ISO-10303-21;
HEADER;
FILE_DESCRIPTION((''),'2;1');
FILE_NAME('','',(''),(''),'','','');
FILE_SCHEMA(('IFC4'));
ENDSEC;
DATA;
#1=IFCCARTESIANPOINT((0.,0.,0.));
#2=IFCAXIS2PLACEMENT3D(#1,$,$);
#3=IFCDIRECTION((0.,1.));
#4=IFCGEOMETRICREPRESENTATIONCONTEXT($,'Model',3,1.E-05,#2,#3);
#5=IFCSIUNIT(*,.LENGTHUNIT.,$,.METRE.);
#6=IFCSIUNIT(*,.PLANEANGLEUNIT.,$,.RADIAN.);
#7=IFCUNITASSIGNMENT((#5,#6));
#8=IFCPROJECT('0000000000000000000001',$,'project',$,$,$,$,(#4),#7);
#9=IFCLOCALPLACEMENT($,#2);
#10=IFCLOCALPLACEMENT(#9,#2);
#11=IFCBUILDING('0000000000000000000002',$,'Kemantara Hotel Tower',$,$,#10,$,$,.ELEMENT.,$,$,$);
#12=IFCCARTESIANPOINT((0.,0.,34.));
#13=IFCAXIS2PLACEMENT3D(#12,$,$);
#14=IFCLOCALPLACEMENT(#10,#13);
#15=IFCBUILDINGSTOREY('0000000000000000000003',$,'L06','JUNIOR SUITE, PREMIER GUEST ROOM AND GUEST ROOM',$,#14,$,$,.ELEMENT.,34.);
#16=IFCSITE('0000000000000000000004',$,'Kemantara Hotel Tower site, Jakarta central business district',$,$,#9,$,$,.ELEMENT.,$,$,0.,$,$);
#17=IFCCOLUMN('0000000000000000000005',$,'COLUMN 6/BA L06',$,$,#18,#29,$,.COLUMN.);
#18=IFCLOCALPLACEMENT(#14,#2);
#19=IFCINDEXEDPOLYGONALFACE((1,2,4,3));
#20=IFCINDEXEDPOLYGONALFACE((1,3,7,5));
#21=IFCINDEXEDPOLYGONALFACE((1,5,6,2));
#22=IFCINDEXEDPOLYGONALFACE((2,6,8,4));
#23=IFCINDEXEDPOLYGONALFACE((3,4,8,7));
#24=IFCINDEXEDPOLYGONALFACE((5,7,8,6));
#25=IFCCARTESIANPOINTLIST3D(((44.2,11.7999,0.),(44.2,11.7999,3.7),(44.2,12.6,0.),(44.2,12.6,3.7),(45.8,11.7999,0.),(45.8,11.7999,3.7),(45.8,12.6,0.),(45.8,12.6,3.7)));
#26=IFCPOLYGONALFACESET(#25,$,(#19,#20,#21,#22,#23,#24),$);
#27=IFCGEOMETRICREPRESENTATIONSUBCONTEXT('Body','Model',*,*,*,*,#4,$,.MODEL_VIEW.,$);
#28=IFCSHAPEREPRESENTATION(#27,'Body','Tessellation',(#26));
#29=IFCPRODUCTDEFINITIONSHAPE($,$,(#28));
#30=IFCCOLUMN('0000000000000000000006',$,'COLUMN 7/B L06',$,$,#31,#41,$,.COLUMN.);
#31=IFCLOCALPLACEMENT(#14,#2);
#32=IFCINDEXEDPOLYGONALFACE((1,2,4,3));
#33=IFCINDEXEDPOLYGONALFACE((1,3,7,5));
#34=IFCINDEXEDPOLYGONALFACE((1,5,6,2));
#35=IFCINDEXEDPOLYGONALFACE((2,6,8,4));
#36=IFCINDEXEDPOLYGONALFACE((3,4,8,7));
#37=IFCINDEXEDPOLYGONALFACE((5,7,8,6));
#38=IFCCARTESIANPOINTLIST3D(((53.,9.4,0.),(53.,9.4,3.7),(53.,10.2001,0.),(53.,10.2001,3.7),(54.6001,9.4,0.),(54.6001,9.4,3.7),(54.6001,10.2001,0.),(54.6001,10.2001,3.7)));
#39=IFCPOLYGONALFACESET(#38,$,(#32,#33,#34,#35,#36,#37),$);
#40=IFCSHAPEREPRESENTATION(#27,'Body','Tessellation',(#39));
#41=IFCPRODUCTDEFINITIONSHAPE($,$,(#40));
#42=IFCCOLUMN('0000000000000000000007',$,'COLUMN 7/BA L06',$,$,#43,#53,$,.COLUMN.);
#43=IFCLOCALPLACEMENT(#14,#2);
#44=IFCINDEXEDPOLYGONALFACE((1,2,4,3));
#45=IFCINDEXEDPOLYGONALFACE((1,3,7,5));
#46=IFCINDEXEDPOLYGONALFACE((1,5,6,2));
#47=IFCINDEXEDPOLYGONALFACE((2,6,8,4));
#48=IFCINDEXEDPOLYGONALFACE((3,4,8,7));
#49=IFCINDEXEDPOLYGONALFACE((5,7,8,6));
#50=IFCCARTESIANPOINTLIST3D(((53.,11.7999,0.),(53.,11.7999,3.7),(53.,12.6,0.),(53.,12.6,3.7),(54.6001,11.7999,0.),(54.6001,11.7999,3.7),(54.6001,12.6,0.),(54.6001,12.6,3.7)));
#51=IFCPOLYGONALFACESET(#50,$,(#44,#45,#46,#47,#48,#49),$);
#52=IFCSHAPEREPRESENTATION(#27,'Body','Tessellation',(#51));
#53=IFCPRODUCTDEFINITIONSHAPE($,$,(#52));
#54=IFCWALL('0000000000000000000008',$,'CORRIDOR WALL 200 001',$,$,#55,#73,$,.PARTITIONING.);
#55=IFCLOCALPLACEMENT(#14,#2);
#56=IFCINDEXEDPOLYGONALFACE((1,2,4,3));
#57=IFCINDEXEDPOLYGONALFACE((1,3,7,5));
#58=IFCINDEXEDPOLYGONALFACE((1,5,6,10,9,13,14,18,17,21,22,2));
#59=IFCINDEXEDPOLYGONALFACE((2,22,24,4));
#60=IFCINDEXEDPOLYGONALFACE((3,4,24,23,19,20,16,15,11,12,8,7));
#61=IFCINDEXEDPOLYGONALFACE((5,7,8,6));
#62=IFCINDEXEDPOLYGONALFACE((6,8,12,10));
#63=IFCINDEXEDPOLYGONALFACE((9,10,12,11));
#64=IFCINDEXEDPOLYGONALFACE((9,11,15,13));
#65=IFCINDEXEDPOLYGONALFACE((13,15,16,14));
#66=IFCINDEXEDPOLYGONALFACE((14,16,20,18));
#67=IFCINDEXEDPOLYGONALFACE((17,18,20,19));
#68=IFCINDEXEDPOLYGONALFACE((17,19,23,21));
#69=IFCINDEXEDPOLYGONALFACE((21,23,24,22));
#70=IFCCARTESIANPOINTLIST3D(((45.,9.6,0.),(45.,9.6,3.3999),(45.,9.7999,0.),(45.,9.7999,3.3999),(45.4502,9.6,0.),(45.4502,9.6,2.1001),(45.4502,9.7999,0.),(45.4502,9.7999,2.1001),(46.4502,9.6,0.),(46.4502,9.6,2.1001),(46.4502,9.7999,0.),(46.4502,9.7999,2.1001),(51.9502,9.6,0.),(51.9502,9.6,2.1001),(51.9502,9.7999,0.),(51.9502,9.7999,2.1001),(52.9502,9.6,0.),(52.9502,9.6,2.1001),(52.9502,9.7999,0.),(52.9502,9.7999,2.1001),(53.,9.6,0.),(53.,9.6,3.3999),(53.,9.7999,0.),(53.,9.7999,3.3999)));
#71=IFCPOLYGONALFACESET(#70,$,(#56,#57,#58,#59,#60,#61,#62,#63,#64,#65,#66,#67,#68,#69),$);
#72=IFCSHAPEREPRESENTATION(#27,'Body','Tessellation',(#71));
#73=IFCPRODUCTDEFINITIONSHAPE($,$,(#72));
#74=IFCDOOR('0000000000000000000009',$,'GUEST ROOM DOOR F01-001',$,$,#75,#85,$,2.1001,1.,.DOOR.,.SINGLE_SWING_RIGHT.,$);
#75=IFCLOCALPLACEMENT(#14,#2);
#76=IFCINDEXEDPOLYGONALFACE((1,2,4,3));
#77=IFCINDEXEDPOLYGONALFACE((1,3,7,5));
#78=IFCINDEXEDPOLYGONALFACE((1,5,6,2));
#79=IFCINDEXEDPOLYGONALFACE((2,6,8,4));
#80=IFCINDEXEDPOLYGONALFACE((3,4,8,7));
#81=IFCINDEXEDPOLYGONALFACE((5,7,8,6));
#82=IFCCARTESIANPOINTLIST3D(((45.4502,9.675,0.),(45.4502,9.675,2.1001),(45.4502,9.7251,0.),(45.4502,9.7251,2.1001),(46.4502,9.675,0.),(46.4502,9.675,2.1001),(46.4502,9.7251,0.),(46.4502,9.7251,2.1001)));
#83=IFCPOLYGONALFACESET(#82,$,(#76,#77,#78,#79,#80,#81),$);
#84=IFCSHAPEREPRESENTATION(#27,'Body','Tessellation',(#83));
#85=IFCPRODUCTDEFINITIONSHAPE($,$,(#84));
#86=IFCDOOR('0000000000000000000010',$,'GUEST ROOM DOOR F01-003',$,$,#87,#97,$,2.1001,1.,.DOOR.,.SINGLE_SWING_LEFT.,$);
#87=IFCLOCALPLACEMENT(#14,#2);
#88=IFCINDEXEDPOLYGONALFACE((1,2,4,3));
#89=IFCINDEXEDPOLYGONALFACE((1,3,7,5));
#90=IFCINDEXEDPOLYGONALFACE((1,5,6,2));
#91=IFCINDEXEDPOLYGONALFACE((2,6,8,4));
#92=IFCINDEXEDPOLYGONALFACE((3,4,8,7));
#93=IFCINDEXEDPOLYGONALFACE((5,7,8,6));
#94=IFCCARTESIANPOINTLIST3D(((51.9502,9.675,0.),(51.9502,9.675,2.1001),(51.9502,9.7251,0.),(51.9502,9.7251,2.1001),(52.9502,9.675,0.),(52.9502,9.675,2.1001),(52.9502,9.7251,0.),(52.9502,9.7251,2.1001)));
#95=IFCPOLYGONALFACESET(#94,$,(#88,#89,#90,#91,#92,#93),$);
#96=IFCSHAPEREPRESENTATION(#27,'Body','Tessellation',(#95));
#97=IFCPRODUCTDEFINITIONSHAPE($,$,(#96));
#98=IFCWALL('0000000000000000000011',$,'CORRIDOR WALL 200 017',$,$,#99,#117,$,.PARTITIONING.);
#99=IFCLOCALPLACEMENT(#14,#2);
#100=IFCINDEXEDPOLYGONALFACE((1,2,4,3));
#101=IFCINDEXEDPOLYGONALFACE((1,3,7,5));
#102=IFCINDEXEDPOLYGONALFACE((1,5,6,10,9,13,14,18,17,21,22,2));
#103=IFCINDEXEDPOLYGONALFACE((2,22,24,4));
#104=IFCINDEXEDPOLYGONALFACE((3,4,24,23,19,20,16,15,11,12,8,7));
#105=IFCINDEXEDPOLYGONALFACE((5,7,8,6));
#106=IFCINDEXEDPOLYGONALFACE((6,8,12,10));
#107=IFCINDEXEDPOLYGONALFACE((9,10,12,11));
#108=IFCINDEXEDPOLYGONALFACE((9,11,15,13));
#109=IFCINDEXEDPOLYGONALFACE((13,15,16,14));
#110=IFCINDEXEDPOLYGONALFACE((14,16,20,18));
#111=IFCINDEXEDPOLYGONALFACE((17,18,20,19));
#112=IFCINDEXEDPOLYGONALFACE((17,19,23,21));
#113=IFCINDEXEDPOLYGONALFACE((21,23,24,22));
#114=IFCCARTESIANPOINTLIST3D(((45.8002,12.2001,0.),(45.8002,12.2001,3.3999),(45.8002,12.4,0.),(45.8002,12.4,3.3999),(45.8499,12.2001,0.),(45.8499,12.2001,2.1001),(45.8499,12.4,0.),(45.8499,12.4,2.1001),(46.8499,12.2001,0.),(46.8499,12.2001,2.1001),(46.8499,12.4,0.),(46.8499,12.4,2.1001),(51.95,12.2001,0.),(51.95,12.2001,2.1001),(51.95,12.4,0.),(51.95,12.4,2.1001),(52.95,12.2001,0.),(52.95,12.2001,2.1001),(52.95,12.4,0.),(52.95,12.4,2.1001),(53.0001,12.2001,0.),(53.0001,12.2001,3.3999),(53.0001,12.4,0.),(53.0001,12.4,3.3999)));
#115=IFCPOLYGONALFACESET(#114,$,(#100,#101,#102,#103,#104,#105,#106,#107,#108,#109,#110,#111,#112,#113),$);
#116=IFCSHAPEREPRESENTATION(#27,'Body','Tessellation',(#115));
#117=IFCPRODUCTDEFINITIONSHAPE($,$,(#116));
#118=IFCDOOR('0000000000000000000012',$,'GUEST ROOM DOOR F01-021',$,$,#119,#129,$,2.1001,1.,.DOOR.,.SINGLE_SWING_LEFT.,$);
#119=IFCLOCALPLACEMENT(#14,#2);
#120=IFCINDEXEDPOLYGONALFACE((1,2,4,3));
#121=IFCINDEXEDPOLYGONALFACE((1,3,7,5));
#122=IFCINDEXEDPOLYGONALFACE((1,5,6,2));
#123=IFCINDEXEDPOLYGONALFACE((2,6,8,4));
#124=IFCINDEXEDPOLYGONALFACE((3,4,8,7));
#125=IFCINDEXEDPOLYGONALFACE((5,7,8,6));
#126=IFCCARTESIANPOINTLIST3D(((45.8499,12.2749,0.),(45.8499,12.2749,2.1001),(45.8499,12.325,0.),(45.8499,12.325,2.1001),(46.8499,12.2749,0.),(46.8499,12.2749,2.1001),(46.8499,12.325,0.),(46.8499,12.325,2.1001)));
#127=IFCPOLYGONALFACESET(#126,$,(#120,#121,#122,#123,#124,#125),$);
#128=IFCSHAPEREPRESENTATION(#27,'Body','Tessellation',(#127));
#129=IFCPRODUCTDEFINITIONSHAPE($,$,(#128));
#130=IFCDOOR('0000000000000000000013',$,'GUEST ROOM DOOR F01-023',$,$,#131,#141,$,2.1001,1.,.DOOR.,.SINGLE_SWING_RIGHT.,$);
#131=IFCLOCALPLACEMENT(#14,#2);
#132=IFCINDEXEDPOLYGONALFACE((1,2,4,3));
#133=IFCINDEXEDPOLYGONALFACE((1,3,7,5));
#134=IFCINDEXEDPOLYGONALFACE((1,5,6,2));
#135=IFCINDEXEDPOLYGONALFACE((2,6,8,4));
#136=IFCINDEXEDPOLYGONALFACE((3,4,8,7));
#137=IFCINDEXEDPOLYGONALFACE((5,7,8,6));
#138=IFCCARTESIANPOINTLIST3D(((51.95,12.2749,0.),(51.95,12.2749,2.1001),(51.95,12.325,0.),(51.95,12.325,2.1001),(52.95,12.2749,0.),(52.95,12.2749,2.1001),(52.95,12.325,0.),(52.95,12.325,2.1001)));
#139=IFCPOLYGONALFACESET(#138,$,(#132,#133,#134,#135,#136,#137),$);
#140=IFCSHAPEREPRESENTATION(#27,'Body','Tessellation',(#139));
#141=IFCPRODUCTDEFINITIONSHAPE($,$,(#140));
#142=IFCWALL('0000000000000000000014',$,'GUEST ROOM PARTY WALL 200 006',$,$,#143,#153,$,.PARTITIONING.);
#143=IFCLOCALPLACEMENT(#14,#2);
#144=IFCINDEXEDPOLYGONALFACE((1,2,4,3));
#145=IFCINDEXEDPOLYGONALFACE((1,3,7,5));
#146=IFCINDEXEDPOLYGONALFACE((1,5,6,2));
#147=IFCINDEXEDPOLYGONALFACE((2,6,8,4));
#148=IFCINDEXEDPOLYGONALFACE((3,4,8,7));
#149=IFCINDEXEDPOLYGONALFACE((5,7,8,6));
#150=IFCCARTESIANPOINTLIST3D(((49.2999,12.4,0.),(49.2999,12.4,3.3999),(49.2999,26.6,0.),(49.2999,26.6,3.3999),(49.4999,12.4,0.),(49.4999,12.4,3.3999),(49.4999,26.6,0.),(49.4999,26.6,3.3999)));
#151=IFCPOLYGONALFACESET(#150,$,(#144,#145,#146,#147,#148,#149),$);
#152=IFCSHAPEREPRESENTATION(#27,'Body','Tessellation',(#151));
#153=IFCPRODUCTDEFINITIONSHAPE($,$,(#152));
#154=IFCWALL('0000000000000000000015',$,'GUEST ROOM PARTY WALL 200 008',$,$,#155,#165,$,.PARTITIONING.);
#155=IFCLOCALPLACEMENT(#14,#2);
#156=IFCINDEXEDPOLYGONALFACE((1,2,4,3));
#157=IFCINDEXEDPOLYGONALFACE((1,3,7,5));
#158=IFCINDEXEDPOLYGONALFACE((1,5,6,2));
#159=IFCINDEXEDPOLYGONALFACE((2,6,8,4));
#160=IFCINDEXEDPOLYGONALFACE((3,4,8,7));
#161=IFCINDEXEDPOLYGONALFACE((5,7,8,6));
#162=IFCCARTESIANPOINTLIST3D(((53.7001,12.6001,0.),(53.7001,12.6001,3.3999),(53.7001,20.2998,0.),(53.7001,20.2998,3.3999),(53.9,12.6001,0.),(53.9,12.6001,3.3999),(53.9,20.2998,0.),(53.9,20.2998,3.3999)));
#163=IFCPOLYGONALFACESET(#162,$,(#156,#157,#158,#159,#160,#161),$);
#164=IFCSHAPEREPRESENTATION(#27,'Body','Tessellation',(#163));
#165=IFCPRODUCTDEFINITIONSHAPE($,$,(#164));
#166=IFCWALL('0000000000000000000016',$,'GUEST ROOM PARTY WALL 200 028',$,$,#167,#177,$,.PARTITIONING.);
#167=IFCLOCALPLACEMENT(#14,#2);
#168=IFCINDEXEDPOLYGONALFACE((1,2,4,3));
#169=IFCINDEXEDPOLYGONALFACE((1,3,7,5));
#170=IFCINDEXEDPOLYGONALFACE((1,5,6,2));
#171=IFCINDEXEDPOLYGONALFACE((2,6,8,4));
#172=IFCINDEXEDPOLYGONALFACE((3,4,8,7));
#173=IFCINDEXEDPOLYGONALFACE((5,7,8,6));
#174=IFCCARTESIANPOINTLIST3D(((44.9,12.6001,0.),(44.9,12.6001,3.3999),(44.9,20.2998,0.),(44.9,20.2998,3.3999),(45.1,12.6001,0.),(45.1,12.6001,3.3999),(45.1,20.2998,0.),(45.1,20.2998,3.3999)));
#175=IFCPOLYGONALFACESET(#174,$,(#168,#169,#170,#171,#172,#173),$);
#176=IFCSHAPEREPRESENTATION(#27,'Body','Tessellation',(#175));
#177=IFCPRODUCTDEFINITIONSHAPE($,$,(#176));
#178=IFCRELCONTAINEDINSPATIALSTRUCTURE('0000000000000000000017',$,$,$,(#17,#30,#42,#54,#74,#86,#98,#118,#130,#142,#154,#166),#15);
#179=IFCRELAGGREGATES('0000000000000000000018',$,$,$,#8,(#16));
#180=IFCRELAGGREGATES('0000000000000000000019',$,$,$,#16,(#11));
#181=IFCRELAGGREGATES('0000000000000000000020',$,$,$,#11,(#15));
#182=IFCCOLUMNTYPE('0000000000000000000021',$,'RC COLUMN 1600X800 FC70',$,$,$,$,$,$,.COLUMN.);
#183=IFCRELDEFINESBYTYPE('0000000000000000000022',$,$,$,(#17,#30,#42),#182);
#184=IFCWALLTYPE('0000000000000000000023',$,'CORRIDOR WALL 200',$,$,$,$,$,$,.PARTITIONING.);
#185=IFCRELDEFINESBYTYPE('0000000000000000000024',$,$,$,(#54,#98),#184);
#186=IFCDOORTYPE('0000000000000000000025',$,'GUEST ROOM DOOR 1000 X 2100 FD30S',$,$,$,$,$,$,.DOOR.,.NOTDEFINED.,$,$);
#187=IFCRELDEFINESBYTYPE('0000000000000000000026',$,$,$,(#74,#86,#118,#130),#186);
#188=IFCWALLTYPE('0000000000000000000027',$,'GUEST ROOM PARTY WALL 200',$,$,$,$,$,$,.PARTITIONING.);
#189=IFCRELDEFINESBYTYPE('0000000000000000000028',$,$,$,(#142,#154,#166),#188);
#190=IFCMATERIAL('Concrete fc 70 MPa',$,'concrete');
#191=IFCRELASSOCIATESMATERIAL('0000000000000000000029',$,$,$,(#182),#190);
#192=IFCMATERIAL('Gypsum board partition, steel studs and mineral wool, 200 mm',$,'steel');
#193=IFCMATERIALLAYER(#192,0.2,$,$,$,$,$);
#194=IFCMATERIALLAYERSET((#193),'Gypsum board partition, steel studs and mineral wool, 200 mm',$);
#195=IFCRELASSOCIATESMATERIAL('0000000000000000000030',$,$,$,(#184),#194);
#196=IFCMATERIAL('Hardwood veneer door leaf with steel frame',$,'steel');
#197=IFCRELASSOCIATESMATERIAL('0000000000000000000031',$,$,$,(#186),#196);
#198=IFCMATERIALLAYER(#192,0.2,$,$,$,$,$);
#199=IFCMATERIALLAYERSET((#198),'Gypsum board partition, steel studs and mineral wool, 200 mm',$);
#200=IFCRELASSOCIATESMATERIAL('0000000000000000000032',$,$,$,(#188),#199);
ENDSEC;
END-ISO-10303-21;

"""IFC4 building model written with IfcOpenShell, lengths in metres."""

from ifc_helpers import new_model, si_unit, direction, frame, frame_2d, origin, origin_2d, place, context, subcontext, project, spatial, rectangle, extrude, material, layer, layer_set, material_profile, profile_set, type_object, element, fill, save


model = new_model("IFC4")

# Units and contexts
model_context = context("Model", 3, precision=1e-05, world=origin(), true_north=direction((0.0, 1.0)))
body_context = subcontext(model_context, "Body", "Model", "MODEL_VIEW")
ifc_project = project(units=[si_unit("LENGTHUNIT", "METRE"), si_unit("PLANEANGLEUNIT", "RADIAN")], contexts=[model_context])

# Site, building, storey
site_placement = place(None, origin())
site = spatial("IfcSite", under=ifc_project, at=site_placement, Name="Kemantara Hotel Tower site, Jakarta central business district", CompositionType="ELEMENT", RefElevation=0.0)
building_placement = place(site_placement, origin())
building = spatial("IfcBuilding", under=site, at=building_placement, Name="Kemantara Hotel Tower", CompositionType="ELEMENT")
storey_placement = place(building_placement, frame((0.0, 0.0, 34.0)))
storey = spatial("IfcBuildingStorey", under=building, at=storey_placement, Name="L06", Description="JUNIOR SUITE, PREMIER GUEST ROOM AND GUEST ROOM", CompositionType="ELEMENT", Elevation=34.0)

# Columns
ifc_material_1 = material(Name="Concrete fc 70 MPa", Category="concrete")
ifc_material_profile = material_profile(ifc_material_1, rectangle(XDim=1.6001, YDim=0.8, at=origin_2d()), Name="RC 1600X800")
ifc_profile_set = profile_set([ifc_material_profile], Name="Concrete fc 70 MPa")
column_type = type_object("IfcColumnType", Name="RC COLUMN 1600X800 FC70", PredefinedType="COLUMN", material=ifc_profile_set)
for number, where, z_axis, x_axis, name in (
    (1, (45.0, 12.2, 0.0), (0.0, 0.0, 1.0), (1.0, 0.0, 0.0), "COLUMN 6/BA L06"),
    (2, (53.8, 9.8, 0.0), (0.0, 0.0, 1.0), (1.0, 0.0, 0.0), "COLUMN 7/B L06"),
    (3, (53.8, 12.2, 0.0), (0.0, 0.0, 1.0), (1.0, 0.0, 0.0), "COLUMN 7/BA L06"),
):
    element("IfcColumn", number, at=place(storey_placement, frame(where, z_axis=z_axis, x_axis=x_axis)), inside=storey, type_object=column_type, Name=name, PredefinedType="COLUMN", context=body_context, shape_type="SweptSolid", body=[
        extrude(rectangle(XDim=1.6001, YDim=0.8, at=origin_2d()), origin(), (0.0, 0.0, 1.0), 3.7),
    ])

# Walls, openings, doors
ifc_material_2 = material(Name="Gypsum board partition, steel studs and mineral wool, 200 mm", Category="steel")
ifc_layer_1 = layer(ifc_material_2, 0.2)
ifc_layer_set_1 = layer_set([ifc_layer_1], Name="Gypsum board partition, steel studs and mineral wool, 200 mm")
wall_type_1 = type_object("IfcWallType", Name="CORRIDOR WALL 200", PredefinedType="PARTITIONING", material=ifc_layer_set_1)
wall_1_placement = place(storey_placement, frame((53.0, 9.7, 0.0), z_axis=(0.0, 0.0, 1.0), x_axis=(-1.0, 0.0, 0.0)))
wall_1 = element("IfcWall", 4, at=wall_1_placement, inside=storey, type_object=wall_type_1, Name="CORRIDOR WALL 200 001", PredefinedType="PARTITIONING", context=body_context, shape_type="SweptSolid", body=[
    extrude(rectangle(XDim=8.0, YDim=0.2, at=frame_2d((4.0, 0.0))), origin(), (0.0, 0.0, 1.0), 3.3999),
])
opening_1_placement = place(wall_1_placement, frame((6.5498, 0.0, 0.0)))
opening_1 = element("IfcOpeningElement", 5, at=opening_1_placement, cuts=wall_1, PredefinedType="OPENING", context=body_context, shape_type="SweptSolid", body=[
    extrude(rectangle(XDim=1.0, YDim=2.1001, at=frame_2d((0.5, 1.05))), frame((0.0, 0.1099, 0.0), z_axis=(0.0, -1.0, 0.0), x_axis=(1.0, 0.0, 0.0)), (0.0, 0.0, 1.0), 0.22),
])
opening_2_placement = place(wall_1_placement, frame((0.0498, 0.0, 0.0)))
opening_2 = element("IfcOpeningElement", 6, at=opening_2_placement, cuts=wall_1, PredefinedType="OPENING", context=body_context, shape_type="SweptSolid", body=[
    extrude(rectangle(XDim=1.0, YDim=2.1001, at=frame_2d((0.5, 1.05))), frame((0.0, 0.1099, 0.0), z_axis=(0.0, -1.0, 0.0), x_axis=(1.0, 0.0, 0.0)), (0.0, 0.0, 1.0), 0.22),
])
ifc_material_3 = material(Name="Hardwood veneer door leaf with steel frame", Category="steel")
door_type_1 = type_object("IfcDoorType", Name="GUEST ROOM DOOR 1000 X 2100 FD30S", OperationType="NOTDEFINED", PredefinedType="DOOR", material=ifc_material_3)
door_1_placement = place(opening_1_placement, origin())
door_1 = element("IfcDoor", 7, at=door_1_placement, inside=storey, type_object=door_type_1, Name="GUEST ROOM DOOR F01-001", OperationType="SINGLE_SWING_RIGHT", OverallHeight=2.1001, OverallWidth=1.0, PredefinedType="DOOR", context=body_context, shape_type="SweptSolid", body=[
    extrude(rectangle(XDim=1.0, YDim=2.1001, at=frame_2d((0.5, 1.05))), frame((0.0, 0.0249, 0.0), z_axis=(0.0, -1.0, 0.0), x_axis=(1.0, 0.0, 0.0)), (0.0, 0.0, 1.0), 0.05),
])
fill(opening_1, door_1)
door_2_placement = place(opening_2_placement, origin())
door_2 = element("IfcDoor", 8, at=door_2_placement, inside=storey, type_object=door_type_1, Name="GUEST ROOM DOOR F01-003", OperationType="SINGLE_SWING_LEFT", OverallHeight=2.1001, OverallWidth=1.0, PredefinedType="DOOR", context=body_context, shape_type="SweptSolid", body=[
    extrude(rectangle(XDim=1.0, YDim=2.1001, at=frame_2d((0.5, 1.05))), frame((0.0, 0.0249, 0.0), z_axis=(0.0, -1.0, 0.0), x_axis=(1.0, 0.0, 0.0)), (0.0, 0.0, 1.0), 0.05),
])
fill(opening_2, door_2)
wall_2_placement = place(storey_placement, frame((45.8, 12.3, 0.0), z_axis=(0.0, 0.0, 1.0), x_axis=(1.0, 0.0, 0.0)))
wall_2 = element("IfcWall", 9, at=wall_2_placement, inside=storey, type_object=wall_type_1, Name="CORRIDOR WALL 200 017", PredefinedType="PARTITIONING", context=body_context, shape_type="SweptSolid", body=[
    extrude(rectangle(XDim=7.2, YDim=0.2, at=frame_2d((3.6001, 0.0))), origin(), (0.0, 0.0, 1.0), 3.3999),
])
opening_3_placement = place(wall_2_placement, frame((0.0498, 0.0, 0.0)))
opening_3 = element("IfcOpeningElement", 10, at=opening_3_placement, cuts=wall_2, PredefinedType="OPENING", context=body_context, shape_type="SweptSolid", body=[
    extrude(rectangle(XDim=1.0, YDim=2.1001, at=frame_2d((0.5, 1.05))), frame((0.0, 0.1099, 0.0), z_axis=(0.0, -1.0, 0.0), x_axis=(1.0, 0.0, 0.0)), (0.0, 0.0, 1.0), 0.22),
])
opening_4_placement = place(wall_2_placement, frame((6.1499, 0.0, 0.0)))
opening_4 = element("IfcOpeningElement", 11, at=opening_4_placement, cuts=wall_2, PredefinedType="OPENING", context=body_context, shape_type="SweptSolid", body=[
    extrude(rectangle(XDim=1.0, YDim=2.1001, at=frame_2d((0.5, 1.05))), frame((0.0, 0.1099, 0.0), z_axis=(0.0, -1.0, 0.0), x_axis=(1.0, 0.0, 0.0)), (0.0, 0.0, 1.0), 0.22),
])
door_3_placement = place(opening_3_placement, origin())
door_3 = element("IfcDoor", 12, at=door_3_placement, inside=storey, type_object=door_type_1, Name="GUEST ROOM DOOR F01-021", OperationType="SINGLE_SWING_LEFT", OverallHeight=2.1001, OverallWidth=1.0, PredefinedType="DOOR", context=body_context, shape_type="SweptSolid", body=[
    extrude(rectangle(XDim=1.0, YDim=2.1001, at=frame_2d((0.5, 1.05))), frame((0.0, 0.0249, 0.0), z_axis=(0.0, -1.0, 0.0), x_axis=(1.0, 0.0, 0.0)), (0.0, 0.0, 1.0), 0.05),
])
fill(opening_3, door_3)
door_4_placement = place(opening_4_placement, origin())
door_4 = element("IfcDoor", 13, at=door_4_placement, inside=storey, type_object=door_type_1, Name="GUEST ROOM DOOR F01-023", OperationType="SINGLE_SWING_RIGHT", OverallHeight=2.1001, OverallWidth=1.0, PredefinedType="DOOR", context=body_context, shape_type="SweptSolid", body=[
    extrude(rectangle(XDim=1.0, YDim=2.1001, at=frame_2d((0.5, 1.05))), frame((0.0, 0.0249, 0.0), z_axis=(0.0, -1.0, 0.0), x_axis=(1.0, 0.0, 0.0)), (0.0, 0.0, 1.0), 0.05),
])
fill(opening_4, door_4)

# Walls
ifc_layer_2 = layer(ifc_material_2, 0.2)
ifc_layer_set_2 = layer_set([ifc_layer_2], Name="Gypsum board partition, steel studs and mineral wool, 200 mm")
wall_type_2 = type_object("IfcWallType", Name="GUEST ROOM PARTY WALL 200", PredefinedType="PARTITIONING", material=ifc_layer_set_2)
wall_3_placement = place(storey_placement, frame((49.3999, 12.3999, 0.0), z_axis=(0.0, 0.0, 1.0), x_axis=(0.0, 1.0, 0.0)))
element("IfcWall", 14, at=wall_3_placement, inside=storey, type_object=wall_type_2, Name="GUEST ROOM PARTY WALL 200 006", PredefinedType="PARTITIONING", context=body_context, shape_type="SweptSolid", body=[
    extrude(rectangle(XDim=14.2, YDim=0.2, at=frame_2d((7.1001, 0.0))), origin(), (0.0, 0.0, 1.0), 3.3999),
])
for number, where, z_axis, x_axis, name in (
    (15, (53.8, 12.6001, 0.0), (0.0, 0.0, 1.0), (0.0, 1.0, 0.0), "GUEST ROOM PARTY WALL 200 008"),
    (16, (45.0, 12.6001, 0.0), (0.0, 0.0, 1.0), (0.0, 1.0, 0.0), "GUEST ROOM PARTY WALL 200 028"),
):
    element("IfcWall", number, at=place(storey_placement, frame(where, z_axis=z_axis, x_axis=x_axis)), inside=storey, type_object=wall_type_2, Name=name, PredefinedType="PARTITIONING", context=body_context, shape_type="SweptSolid", body=[
        extrude(rectangle(XDim=7.6997, YDim=0.2, at=frame_2d((3.8499, 0.0))), origin(), (0.0, 0.0, 1.0), 3.3999),
    ])

save(model, "model.ifc")
